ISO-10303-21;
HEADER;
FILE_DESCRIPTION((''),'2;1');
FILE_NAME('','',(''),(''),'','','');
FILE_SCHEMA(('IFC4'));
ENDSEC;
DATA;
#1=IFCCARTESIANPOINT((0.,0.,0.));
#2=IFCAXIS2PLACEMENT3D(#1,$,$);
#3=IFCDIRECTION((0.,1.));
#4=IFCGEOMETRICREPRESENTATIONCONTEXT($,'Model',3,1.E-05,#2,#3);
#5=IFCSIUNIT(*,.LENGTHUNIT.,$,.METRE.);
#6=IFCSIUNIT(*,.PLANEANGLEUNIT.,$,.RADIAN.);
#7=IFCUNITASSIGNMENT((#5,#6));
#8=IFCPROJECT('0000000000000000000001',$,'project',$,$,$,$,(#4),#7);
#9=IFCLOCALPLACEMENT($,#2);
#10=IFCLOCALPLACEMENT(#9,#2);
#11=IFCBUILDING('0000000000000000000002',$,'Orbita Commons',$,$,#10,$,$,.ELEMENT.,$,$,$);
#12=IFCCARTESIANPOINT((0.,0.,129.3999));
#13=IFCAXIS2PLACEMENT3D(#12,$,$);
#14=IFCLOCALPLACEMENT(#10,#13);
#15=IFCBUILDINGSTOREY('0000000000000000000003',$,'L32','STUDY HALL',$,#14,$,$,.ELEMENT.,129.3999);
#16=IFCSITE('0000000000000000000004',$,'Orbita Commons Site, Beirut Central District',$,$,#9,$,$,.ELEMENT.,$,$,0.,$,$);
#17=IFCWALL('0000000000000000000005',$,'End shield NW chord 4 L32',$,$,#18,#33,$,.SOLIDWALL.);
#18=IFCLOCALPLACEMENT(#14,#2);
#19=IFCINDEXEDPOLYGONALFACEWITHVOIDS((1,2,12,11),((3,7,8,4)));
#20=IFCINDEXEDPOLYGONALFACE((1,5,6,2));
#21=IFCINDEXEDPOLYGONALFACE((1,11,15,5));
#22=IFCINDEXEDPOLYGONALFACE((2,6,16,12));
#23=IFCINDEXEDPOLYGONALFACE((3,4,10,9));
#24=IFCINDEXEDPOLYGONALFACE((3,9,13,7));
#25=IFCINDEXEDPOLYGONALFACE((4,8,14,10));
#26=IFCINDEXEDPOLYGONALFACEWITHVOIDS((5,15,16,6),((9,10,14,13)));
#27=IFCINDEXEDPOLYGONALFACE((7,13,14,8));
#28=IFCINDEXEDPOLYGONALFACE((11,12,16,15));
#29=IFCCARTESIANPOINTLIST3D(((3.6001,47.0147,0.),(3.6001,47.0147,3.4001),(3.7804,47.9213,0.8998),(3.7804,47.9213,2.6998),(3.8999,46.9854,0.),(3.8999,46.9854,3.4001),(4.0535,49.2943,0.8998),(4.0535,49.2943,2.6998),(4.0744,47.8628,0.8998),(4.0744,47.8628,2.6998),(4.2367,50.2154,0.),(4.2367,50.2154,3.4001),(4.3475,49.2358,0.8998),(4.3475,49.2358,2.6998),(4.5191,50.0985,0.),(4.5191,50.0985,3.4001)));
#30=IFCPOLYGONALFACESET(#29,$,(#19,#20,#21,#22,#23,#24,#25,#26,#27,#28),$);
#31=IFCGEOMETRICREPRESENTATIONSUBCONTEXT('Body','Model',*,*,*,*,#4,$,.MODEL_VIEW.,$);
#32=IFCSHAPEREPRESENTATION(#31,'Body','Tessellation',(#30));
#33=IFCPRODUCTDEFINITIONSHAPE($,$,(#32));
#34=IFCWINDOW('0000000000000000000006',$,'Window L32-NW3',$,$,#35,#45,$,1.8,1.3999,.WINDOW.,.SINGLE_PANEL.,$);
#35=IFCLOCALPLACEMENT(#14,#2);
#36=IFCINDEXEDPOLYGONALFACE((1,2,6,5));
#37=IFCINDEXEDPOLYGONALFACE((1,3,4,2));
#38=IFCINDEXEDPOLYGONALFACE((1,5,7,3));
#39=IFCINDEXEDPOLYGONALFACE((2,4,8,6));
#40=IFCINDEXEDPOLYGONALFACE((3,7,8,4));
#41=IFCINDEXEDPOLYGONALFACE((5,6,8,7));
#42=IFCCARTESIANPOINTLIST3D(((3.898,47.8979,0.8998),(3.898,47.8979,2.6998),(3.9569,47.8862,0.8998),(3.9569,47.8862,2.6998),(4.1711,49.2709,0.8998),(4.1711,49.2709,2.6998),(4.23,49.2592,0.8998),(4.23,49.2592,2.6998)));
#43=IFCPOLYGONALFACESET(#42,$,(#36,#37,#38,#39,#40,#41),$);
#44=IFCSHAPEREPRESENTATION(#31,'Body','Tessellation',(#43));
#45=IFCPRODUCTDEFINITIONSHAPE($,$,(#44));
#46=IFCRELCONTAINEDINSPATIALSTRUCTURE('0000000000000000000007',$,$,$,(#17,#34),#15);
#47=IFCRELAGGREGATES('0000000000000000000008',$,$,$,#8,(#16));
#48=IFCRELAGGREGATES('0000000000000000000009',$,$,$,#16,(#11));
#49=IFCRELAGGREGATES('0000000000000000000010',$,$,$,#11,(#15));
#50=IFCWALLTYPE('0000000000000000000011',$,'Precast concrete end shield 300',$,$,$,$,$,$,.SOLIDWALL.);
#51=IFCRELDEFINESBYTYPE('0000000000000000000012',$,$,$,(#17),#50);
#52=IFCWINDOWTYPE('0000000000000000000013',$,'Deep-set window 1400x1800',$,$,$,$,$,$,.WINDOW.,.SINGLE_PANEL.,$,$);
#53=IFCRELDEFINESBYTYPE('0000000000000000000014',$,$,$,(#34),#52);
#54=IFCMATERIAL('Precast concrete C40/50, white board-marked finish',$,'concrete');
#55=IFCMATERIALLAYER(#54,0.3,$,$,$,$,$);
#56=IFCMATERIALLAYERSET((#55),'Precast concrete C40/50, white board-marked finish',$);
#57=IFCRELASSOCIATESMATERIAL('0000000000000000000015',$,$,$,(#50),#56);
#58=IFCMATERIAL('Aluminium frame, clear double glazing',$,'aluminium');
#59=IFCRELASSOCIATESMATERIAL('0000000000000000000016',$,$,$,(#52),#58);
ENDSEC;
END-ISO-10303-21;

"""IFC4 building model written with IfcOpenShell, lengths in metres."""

from ifc_helpers import new_model, si_unit, direction, frame, frame_2d, origin, place, context, subcontext, project, spatial, polyline, rectangle, outline, extrude, material, layer, layer_set, type_object, element, fill, save


model = new_model("IFC4")

# Units and contexts
model_context = context("Model", 3, precision=1e-05, world=origin(), true_north=direction((0.0, 1.0)))
body_context = subcontext(model_context, "Body", "Model", "MODEL_VIEW")
ifc_project = project(units=[si_unit("LENGTHUNIT", "METRE"), si_unit("PLANEANGLEUNIT", "RADIAN")], contexts=[model_context])

# Site, building, storey
site_placement = place(None, origin())
site = spatial("IfcSite", under=ifc_project, at=site_placement, Name="Orbita Commons Site, Beirut Central District", CompositionType="ELEMENT", RefElevation=0.0)
building_placement = place(site_placement, origin())
building = spatial("IfcBuilding", under=site, at=building_placement, Name="Orbita Commons", CompositionType="ELEMENT")
storey_placement = place(building_placement, frame((0.0, 0.0, 129.3999)))
storey = spatial("IfcBuildingStorey", under=building, at=storey_placement, Name="L32", Description="STUDY HALL", CompositionType="ELEMENT", Elevation=129.3999)

# Wall, opening, window
ifc_material_1 = material(Name="Precast concrete C40/50, white board-marked finish", Category="concrete")
ifc_layer_1 = layer(ifc_material_1, 0.3)
ifc_layer_set_1 = layer_set([ifc_layer_1], Name="Precast concrete C40/50, white board-marked finish")
wall_type_1 = type_object("IfcWallType", Name="Precast concrete end shield 300", PredefinedType="SOLIDWALL", material=ifc_layer_set_1)
wall_1_placement = place(storey_placement, frame((4.3779, 50.157, 0.0), z_axis=(0.0, 0.0, 1.0), x_axis=(-0.19508, -0.980787, 0.0)))
wall_1 = element("IfcWall", 1, at=wall_1_placement, inside=storey, type_object=wall_type_1, Name="End shield NW chord 4 L32", PredefinedType="SOLIDWALL", context=body_context, shape_type="SweptSolid", body=[
    extrude(outline(polyline([(-0.0298, -0.1499), (3.2336, -0.1499), (3.2039, 0.1499), (0.0298, 0.1499), (-0.0298, -0.1499)])), origin(), (0.0, 0.0, 1.0), 3.4001),
])
opening_1_placement = place(wall_1_placement, frame((0.9094, 0.0, 0.8999)))
opening_1 = element("IfcOpeningElement", 2, at=opening_1_placement, cuts=wall_1, PredefinedType="OPENING", context=body_context, shape_type="SweptSolid", body=[
    extrude(rectangle(XDim=1.3999, YDim=1.8, at=frame_2d((0.7, 0.8999))), frame((0.0, 0.1599, 0.0), z_axis=(0.0, -1.0, 0.0), x_axis=(1.0, 0.0, 0.0)), (0.0, 0.0, 1.0), 0.3201),
])
ifc_material_2 = material(Name="Aluminium frame, clear double glazing", Category="aluminium")
window_type = type_object("IfcWindowType", Name="Deep-set window 1400x1800", PartitioningType="SINGLE_PANEL", PredefinedType="WINDOW", material=ifc_material_2)
window_placement = place(opening_1_placement, origin())
window = element("IfcWindow", 3, at=window_placement, inside=storey, type_object=window_type, Name="Window L32-NW3", OverallHeight=1.8, OverallWidth=1.3999, PartitioningType="SINGLE_PANEL", PredefinedType="WINDOW", context=body_context, shape_type="SweptSolid", body=[
    extrude(rectangle(XDim=1.3999, YDim=1.8, at=frame_2d((0.7, 0.8999))), frame((0.0, 0.03, 0.0), z_axis=(0.0, -1.0, 0.0), x_axis=(1.0, 0.0, 0.0)), (0.0, 0.0, 1.0), 0.0601),
])
fill(opening_1, window)

save(model, "model.ifc")
